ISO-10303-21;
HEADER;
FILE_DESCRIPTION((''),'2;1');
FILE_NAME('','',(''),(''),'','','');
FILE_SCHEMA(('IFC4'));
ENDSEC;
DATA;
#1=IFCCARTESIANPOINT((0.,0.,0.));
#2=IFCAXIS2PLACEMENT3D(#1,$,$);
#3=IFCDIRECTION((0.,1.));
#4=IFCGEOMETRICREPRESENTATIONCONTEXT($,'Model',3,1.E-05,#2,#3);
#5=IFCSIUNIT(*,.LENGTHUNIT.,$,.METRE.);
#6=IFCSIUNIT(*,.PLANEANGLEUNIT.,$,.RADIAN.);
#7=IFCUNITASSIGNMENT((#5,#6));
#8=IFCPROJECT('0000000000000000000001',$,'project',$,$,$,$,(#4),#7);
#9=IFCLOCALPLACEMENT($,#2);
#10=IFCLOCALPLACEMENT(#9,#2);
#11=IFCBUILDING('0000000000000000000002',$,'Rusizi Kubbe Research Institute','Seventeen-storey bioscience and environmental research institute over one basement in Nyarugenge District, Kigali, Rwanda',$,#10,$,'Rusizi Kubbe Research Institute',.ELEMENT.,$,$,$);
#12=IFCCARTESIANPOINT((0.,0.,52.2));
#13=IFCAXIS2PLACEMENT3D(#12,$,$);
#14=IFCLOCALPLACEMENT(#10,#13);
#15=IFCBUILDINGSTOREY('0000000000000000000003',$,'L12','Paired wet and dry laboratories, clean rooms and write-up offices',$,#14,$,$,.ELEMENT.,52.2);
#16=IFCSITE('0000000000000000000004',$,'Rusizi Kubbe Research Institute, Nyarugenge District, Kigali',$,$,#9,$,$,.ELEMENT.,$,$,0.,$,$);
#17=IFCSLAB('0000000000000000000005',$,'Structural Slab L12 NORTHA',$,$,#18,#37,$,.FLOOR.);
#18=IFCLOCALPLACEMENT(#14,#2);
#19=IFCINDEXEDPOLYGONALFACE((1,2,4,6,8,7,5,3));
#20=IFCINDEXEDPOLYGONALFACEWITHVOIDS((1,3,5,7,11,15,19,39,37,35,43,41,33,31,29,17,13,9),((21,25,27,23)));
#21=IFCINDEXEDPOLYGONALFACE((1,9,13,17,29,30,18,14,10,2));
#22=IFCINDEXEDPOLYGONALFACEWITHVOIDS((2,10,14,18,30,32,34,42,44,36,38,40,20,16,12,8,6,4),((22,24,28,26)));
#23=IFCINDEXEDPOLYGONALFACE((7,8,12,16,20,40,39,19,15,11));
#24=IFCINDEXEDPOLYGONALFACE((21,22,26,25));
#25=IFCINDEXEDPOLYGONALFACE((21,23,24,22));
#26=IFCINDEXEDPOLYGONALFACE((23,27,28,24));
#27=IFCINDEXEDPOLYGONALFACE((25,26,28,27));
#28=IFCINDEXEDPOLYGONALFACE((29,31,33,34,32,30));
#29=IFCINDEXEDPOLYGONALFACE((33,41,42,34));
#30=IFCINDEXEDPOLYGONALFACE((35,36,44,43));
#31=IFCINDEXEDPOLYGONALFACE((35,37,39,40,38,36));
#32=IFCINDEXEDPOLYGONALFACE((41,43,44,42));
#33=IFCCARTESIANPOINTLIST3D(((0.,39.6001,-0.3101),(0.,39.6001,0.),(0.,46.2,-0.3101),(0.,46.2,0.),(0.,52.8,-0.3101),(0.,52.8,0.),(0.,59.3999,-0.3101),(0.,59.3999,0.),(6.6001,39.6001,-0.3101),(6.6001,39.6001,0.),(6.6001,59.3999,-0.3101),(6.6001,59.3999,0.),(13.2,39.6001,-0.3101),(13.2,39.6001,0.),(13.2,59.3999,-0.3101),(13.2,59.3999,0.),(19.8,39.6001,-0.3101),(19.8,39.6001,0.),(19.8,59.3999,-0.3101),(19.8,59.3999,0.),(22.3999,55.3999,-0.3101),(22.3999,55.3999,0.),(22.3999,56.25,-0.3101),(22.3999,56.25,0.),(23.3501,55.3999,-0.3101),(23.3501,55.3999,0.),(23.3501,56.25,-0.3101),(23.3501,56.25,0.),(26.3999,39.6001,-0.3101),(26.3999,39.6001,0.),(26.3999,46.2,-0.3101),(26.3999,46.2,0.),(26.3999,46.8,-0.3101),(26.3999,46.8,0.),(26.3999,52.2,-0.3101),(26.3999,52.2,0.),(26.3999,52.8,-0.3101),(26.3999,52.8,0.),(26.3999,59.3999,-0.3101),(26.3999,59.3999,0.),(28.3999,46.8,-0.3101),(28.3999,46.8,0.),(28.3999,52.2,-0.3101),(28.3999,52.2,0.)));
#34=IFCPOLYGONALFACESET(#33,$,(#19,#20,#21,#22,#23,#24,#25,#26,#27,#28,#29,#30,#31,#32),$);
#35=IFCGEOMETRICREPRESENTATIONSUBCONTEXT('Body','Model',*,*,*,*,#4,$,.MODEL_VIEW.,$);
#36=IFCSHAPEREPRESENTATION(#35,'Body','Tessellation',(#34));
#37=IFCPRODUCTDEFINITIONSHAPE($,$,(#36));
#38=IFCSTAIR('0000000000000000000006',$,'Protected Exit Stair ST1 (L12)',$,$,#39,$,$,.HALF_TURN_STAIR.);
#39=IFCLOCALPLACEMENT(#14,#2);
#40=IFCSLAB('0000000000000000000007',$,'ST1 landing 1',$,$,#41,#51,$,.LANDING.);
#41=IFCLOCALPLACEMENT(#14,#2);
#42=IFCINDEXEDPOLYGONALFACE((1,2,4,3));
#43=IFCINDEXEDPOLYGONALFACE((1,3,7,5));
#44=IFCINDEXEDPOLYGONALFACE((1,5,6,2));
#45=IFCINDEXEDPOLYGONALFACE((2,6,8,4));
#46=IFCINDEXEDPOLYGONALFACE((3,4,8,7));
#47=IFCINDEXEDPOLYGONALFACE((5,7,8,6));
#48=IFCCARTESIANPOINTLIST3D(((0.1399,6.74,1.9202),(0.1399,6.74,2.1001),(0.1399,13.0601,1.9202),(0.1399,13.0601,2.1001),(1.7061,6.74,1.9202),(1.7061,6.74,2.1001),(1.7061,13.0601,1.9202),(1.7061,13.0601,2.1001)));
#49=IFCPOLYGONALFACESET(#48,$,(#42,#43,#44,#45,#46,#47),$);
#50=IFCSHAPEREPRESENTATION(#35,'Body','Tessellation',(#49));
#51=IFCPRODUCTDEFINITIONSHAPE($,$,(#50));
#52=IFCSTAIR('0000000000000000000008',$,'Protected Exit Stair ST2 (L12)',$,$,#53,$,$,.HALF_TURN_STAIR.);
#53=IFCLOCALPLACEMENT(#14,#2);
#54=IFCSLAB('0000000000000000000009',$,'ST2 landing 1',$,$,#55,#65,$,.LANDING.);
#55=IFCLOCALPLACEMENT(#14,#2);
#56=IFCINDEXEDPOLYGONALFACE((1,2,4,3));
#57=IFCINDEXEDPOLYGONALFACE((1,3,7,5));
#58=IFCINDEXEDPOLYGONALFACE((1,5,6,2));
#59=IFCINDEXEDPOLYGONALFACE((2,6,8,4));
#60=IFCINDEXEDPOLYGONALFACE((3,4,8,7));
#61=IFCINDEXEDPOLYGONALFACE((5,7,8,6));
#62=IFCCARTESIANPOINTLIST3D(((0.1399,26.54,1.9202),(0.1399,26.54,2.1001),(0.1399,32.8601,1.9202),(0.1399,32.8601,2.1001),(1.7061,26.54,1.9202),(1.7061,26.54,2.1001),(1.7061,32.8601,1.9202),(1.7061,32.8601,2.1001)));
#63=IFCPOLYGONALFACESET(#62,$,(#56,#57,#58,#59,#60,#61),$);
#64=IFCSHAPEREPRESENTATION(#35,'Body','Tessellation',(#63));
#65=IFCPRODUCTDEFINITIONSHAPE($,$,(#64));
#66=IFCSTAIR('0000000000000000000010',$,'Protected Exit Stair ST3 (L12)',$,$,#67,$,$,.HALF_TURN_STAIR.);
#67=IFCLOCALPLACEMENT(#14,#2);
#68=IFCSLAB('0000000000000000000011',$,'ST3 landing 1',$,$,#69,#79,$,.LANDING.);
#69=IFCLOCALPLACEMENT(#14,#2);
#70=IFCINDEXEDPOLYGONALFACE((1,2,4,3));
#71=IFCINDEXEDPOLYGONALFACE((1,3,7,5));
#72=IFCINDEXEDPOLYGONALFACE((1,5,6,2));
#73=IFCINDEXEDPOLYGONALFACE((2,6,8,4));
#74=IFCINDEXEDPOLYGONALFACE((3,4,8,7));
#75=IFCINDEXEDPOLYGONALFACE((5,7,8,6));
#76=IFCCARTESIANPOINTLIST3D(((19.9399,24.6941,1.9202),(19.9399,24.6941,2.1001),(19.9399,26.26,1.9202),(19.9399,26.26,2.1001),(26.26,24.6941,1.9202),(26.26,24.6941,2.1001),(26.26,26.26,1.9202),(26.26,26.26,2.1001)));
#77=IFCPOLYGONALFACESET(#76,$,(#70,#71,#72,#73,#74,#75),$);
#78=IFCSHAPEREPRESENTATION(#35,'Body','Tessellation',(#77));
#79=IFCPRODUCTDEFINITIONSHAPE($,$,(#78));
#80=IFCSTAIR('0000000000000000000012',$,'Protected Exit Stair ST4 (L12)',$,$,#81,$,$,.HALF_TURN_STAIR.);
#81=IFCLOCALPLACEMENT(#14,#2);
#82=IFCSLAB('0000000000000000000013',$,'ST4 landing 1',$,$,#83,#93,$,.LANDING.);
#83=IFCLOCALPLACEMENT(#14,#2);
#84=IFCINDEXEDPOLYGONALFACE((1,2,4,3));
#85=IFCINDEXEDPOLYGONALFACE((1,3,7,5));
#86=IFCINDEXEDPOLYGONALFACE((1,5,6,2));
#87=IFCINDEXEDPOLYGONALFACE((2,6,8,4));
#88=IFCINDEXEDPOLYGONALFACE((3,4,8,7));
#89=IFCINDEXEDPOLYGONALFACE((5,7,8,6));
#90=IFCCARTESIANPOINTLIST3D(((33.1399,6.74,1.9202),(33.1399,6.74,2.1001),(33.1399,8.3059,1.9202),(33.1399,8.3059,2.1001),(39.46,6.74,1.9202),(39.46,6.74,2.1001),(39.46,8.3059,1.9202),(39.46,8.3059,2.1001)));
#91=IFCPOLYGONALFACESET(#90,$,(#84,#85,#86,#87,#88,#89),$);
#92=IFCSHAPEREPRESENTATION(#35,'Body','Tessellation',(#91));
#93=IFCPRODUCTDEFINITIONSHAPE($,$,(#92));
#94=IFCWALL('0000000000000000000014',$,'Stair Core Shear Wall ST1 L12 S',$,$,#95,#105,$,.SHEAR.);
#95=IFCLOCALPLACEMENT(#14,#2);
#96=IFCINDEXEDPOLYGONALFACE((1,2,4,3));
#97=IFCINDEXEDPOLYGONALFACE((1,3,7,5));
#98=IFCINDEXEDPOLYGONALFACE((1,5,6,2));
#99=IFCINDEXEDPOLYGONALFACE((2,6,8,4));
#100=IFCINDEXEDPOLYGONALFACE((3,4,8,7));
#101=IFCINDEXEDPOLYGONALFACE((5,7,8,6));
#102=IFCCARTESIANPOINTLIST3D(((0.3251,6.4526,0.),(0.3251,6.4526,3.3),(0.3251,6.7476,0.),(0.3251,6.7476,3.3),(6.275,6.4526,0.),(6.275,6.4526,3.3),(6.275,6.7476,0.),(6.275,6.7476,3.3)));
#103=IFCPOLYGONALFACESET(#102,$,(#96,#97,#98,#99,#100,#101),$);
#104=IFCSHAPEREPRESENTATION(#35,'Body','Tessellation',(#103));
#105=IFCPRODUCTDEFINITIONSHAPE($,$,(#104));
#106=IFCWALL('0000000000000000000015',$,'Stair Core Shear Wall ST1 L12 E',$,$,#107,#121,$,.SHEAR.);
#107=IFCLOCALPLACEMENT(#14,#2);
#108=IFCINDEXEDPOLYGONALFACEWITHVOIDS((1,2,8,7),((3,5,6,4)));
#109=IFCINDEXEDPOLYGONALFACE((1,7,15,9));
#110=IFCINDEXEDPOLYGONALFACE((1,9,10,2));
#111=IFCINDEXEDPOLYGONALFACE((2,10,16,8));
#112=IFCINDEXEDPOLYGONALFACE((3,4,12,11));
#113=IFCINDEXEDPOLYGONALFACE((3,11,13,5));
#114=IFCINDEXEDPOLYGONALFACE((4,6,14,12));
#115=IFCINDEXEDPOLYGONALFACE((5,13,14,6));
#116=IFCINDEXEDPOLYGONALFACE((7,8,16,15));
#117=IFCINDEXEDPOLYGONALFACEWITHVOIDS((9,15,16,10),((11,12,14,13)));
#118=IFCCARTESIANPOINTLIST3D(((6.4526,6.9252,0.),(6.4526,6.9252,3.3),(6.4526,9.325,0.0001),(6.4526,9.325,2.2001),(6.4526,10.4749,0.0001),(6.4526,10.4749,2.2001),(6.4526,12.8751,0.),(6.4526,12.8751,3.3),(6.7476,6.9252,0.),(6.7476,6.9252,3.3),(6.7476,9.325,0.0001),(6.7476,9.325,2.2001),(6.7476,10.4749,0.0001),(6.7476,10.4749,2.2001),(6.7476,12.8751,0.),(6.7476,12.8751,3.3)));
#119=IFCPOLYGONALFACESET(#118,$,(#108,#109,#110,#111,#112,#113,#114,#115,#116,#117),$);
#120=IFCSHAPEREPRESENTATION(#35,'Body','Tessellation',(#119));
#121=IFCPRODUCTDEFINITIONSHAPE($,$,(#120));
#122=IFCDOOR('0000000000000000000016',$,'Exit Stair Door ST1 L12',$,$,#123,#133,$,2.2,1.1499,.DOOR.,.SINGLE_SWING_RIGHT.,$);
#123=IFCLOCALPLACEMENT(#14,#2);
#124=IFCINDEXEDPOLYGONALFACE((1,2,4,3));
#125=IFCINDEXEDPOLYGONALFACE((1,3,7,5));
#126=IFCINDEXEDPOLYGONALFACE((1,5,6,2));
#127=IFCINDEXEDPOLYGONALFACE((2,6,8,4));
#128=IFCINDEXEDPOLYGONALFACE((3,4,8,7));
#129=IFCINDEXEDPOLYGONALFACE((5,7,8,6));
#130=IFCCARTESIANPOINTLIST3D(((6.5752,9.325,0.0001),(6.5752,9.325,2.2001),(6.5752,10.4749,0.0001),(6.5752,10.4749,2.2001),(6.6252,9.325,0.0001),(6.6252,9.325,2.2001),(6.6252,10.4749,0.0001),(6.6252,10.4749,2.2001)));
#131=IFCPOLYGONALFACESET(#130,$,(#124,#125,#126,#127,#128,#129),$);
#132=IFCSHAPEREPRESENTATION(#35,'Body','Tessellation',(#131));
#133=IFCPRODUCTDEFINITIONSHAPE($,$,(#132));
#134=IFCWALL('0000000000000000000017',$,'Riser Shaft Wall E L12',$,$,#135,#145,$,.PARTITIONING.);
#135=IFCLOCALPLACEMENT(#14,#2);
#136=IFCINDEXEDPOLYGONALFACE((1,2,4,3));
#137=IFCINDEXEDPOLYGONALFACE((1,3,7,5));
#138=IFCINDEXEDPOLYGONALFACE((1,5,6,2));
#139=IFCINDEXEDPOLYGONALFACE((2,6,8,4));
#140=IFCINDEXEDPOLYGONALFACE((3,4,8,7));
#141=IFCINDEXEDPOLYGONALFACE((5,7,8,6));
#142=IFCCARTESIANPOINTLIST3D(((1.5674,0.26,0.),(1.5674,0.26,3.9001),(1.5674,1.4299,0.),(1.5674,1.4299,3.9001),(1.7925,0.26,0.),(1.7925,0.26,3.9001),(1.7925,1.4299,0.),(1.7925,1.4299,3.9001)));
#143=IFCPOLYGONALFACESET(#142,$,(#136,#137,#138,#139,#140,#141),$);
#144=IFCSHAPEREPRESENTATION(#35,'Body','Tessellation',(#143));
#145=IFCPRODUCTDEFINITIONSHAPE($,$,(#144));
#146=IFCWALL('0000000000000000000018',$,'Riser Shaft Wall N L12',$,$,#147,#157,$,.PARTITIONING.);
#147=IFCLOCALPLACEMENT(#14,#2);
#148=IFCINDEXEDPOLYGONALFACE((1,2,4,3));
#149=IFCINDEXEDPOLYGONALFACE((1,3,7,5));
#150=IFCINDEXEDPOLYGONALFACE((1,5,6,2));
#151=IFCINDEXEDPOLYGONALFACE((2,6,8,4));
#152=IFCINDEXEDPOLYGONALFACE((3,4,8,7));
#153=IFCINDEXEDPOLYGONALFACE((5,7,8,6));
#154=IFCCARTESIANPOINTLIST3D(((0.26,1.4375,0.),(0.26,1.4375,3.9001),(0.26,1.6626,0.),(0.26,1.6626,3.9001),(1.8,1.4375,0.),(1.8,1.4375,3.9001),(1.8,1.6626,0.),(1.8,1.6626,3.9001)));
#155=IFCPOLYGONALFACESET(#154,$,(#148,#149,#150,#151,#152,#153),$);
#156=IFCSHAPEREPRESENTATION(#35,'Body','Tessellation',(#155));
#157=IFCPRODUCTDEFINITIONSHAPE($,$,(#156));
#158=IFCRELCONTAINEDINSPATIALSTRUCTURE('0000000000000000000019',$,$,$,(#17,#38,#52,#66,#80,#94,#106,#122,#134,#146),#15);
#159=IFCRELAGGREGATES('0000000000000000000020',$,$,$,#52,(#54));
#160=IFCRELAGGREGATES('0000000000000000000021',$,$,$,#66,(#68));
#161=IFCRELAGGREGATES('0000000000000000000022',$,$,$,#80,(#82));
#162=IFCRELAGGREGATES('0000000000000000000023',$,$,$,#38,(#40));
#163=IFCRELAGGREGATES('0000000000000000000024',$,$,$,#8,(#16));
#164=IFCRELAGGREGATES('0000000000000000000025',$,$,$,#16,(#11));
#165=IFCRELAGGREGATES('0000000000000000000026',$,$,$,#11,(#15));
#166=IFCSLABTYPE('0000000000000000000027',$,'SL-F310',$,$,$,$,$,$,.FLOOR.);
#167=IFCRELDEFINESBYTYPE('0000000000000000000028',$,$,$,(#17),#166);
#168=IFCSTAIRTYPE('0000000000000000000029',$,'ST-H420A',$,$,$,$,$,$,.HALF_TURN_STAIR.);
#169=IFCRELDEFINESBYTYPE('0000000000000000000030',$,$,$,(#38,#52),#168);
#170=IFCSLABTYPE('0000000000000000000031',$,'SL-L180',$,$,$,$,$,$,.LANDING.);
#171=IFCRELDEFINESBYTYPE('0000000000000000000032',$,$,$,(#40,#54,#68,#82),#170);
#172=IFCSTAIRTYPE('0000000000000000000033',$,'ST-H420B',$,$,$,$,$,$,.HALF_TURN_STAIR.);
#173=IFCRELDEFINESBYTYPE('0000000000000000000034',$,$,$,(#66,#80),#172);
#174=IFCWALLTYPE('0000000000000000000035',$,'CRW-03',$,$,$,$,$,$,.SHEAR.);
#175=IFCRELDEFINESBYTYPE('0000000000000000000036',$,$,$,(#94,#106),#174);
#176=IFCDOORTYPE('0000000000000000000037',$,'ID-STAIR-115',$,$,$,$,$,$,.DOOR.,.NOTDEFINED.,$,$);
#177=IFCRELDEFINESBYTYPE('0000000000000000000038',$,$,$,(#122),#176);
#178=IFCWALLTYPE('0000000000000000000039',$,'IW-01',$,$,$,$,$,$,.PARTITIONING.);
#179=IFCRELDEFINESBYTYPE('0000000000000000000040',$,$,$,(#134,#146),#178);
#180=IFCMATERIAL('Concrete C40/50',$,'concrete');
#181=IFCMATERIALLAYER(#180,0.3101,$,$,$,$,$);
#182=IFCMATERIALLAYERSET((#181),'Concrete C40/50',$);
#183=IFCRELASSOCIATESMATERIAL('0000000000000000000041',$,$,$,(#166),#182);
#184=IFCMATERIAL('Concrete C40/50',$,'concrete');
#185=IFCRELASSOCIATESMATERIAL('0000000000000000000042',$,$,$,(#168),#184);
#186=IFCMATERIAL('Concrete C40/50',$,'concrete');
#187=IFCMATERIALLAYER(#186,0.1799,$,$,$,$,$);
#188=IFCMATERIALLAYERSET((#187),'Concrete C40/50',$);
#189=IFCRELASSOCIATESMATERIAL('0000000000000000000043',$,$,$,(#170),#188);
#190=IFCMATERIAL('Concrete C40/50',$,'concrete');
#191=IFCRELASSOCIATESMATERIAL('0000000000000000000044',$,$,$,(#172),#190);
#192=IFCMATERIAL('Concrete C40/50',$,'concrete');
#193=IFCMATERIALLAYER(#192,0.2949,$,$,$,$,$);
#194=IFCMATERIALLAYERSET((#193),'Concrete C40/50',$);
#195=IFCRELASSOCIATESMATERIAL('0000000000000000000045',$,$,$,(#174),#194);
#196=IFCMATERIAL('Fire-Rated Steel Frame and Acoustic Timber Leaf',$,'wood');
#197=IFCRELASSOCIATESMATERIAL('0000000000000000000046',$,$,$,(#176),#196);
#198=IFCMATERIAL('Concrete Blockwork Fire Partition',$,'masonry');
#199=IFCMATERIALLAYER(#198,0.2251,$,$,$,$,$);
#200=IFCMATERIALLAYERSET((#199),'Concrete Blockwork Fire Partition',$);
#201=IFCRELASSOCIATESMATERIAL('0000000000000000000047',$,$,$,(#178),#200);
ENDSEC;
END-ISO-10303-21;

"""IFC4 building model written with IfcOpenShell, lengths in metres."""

from ifc_helpers import new_model, si_unit, direction, frame, frame_2d, origin, place, context, subcontext, project, spatial, polyline, rectangle, outline, extrude, material, layer, layer_set, type_object, element, fill, aggregate, save


model = new_model("IFC4")

# Units and contexts
model_context = context("Model", 3, precision=1e-05, world=origin(), true_north=direction((0.0, 1.0)))
body_context = subcontext(model_context, "Body", "Model", "MODEL_VIEW")
ifc_project = project(units=[si_unit("LENGTHUNIT", "METRE"), si_unit("PLANEANGLEUNIT", "RADIAN")], contexts=[model_context])

# Site, building, storey
site_placement = place(None, origin())
site = spatial("IfcSite", under=ifc_project, at=site_placement, Name="Rusizi Kubbe Research Institute, Nyarugenge District, Kigali", CompositionType="ELEMENT", RefElevation=0.0)
building_placement = place(site_placement, origin())
building = spatial("IfcBuilding", under=site, at=building_placement, Name="Rusizi Kubbe Research Institute", Description="Seventeen-storey bioscience and environmental research institute over one basement in Nyarugenge District, Kigali, Rwanda", LongName="Rusizi Kubbe Research Institute", CompositionType="ELEMENT")
storey_placement = place(building_placement, frame((0.0, 0.0, 52.2)))
storey = spatial("IfcBuildingStorey", under=building, at=storey_placement, Name="L12", Description="Paired wet and dry laboratories, clean rooms and write-up offices", CompositionType="ELEMENT", Elevation=52.2)

# Slab
ifc_material_1 = material(Name="Concrete C40/50", Category="concrete")
ifc_layer_1 = layer(ifc_material_1, 0.3101)
ifc_layer_set_1 = layer_set([ifc_layer_1], Name="Concrete C40/50")
slab_type_1 = type_object("IfcSlabType", Name="SL-F310", PredefinedType="FLOOR", material=ifc_layer_set_1)
slab_1_placement = place(storey_placement, frame((0.0, 0.0, -0.3101)))
element("IfcSlab", 1, at=slab_1_placement, inside=storey, type_object=slab_type_1, Name="Structural Slab L12 NORTHA", PredefinedType="FLOOR", context=body_context, shape_type="SweptSolid", body=[
    extrude(outline(polyline([(6.6001, 59.3999), (13.2, 59.3999), (19.8, 59.3999), (26.3999, 59.3999), (26.3999, 52.8), (26.3999, 52.2), (28.3999, 52.2), (28.3999, 46.8), (26.3999, 46.8), (26.3999, 46.2), (26.3999, 39.6001), (19.8, 39.6001), (13.2, 39.6001), (6.6001, 39.6001), (0.0, 39.6001), (0.0, 46.2), (0.0, 52.8), (0.0, 59.3999), (6.6001, 59.3999)]), holes=[polyline([(23.3501, 56.25), (22.3999, 56.25), (22.3999, 55.3999), (23.3501, 55.3999), (23.3501, 56.25)])]), origin(), (0.0, 0.0, 1.0), 0.3101),
])

# Stairs, slabs
ifc_material_2 = material(Name="Concrete C40/50", Category="concrete")
stair_type_1 = type_object("IfcStairType", Name="ST-H420A", PredefinedType="HALF_TURN_STAIR", material=ifc_material_2)
stair_1_placement = place(storey_placement, origin())
stair_1 = element("IfcStair", 2, at=stair_1_placement, inside=storey, type_object=stair_type_1, Name="Protected Exit Stair ST1 (L12)", PredefinedType="HALF_TURN_STAIR")
ifc_material_3 = material(Name="Concrete C40/50", Category="concrete")
ifc_layer_2 = layer(ifc_material_3, 0.1799)
ifc_layer_set_2 = layer_set([ifc_layer_2], Name="Concrete C40/50")
slab_type_2 = type_object("IfcSlabType", Name="SL-L180", PredefinedType="LANDING", material=ifc_layer_set_2)
slab_2_placement = place(storey_placement, frame((0.0, 0.0, 1.9202)))
slab_2 = element("IfcSlab", 3, at=slab_2_placement, type_object=slab_type_2, Name="ST1 landing 1", PredefinedType="LANDING", context=body_context, shape_type="SweptSolid", body=[
    extrude(outline(polyline([(1.7061, 13.0601), (0.1399, 13.0601), (0.1399, 6.74), (1.7061, 6.74), (1.7061, 13.0601)])), origin(), (0.0, 0.0, 1.0), 0.1799),
])
stair_2_placement = place(storey_placement, origin())
stair_2 = element("IfcStair", 4, at=stair_2_placement, inside=storey, type_object=stair_type_1, Name="Protected Exit Stair ST2 (L12)", PredefinedType="HALF_TURN_STAIR")
slab_3_placement = place(storey_placement, frame((0.0, 0.0, 1.9202)))
slab_3 = element("IfcSlab", 5, at=slab_3_placement, type_object=slab_type_2, Name="ST2 landing 1", PredefinedType="LANDING", context=body_context, shape_type="SweptSolid", body=[
    extrude(outline(polyline([(1.7061, 32.8601), (0.1399, 32.8601), (0.1399, 26.54), (1.7061, 26.54), (1.7061, 32.8601)])), origin(), (0.0, 0.0, 1.0), 0.1799),
])
aggregate(stair_2, [slab_3])
ifc_material_4 = material(Name="Concrete C40/50", Category="concrete")
stair_type_2 = type_object("IfcStairType", Name="ST-H420B", PredefinedType="HALF_TURN_STAIR", material=ifc_material_4)
stair_3_placement = place(storey_placement, origin())
stair_3 = element("IfcStair", 6, at=stair_3_placement, inside=storey, type_object=stair_type_2, Name="Protected Exit Stair ST3 (L12)", PredefinedType="HALF_TURN_STAIR")
slab_4_placement = place(storey_placement, frame((0.0, 0.0, 1.9202)))
slab_4 = element("IfcSlab", 7, at=slab_4_placement, type_object=slab_type_2, Name="ST3 landing 1", PredefinedType="LANDING", context=body_context, shape_type="SweptSolid", body=[
    extrude(outline(polyline([(26.26, 24.6941), (26.26, 26.26), (19.9399, 26.26), (19.9399, 24.6941), (26.26, 24.6941)])), origin(), (0.0, 0.0, 1.0), 0.1799),
])
aggregate(stair_3, [slab_4])
stair_4_placement = place(storey_placement, origin())
stair_4 = element("IfcStair", 8, at=stair_4_placement, inside=storey, type_object=stair_type_2, Name="Protected Exit Stair ST4 (L12)", PredefinedType="HALF_TURN_STAIR")
slab_5_placement = place(storey_placement, frame((0.0, 0.0, 1.9202)))
slab_5 = element("IfcSlab", 9, at=slab_5_placement, type_object=slab_type_2, Name="ST4 landing 1", PredefinedType="LANDING", context=body_context, shape_type="SweptSolid", body=[
    extrude(outline(polyline([(33.1399, 8.3059), (33.1399, 6.74), (39.46, 6.74), (39.46, 8.3059), (33.1399, 8.3059)])), origin(), (0.0, 0.0, 1.0), 0.1799),
])
aggregate(stair_4, [slab_5])

# Wall
ifc_material_5 = material(Name="Concrete C40/50", Category="concrete")
ifc_layer_3 = layer(ifc_material_5, 0.2949)
ifc_layer_set_3 = layer_set([ifc_layer_3], Name="Concrete C40/50")
wall_type_1 = type_object("IfcWallType", Name="CRW-03", PredefinedType="SHEAR", material=ifc_layer_set_3)
wall_1_placement = place(storey_placement, frame((0.325, 6.6001, 0.0), z_axis=(0.0, 0.0, 1.0), x_axis=(1.0, 0.0, 0.0)))
element("IfcWall", 10, at=wall_1_placement, inside=storey, type_object=wall_type_1, Name="Stair Core Shear Wall ST1 L12 S", PredefinedType="SHEAR", context=body_context, shape_type="SweptSolid", body=[
    extrude(rectangle(XDim=5.95, YDim=0.2949, at=frame_2d((2.9751, 0.0))), origin(), (0.0, 0.0, 1.0), 3.3),
])

# Wall, opening, door
wall_2_placement = place(storey_placement, frame((6.6001, 6.925, 0.0), z_axis=(0.0, 0.0, 1.0), x_axis=(0.0, 1.0, 0.0)))
wall_2 = element("IfcWall", 11, at=wall_2_placement, inside=storey, type_object=wall_type_1, Name="Stair Core Shear Wall ST1 L12 E", PredefinedType="SHEAR", context=body_context, shape_type="SweptSolid", body=[
    extrude(rectangle(XDim=5.95, YDim=0.2949, at=frame_2d((2.9751, 0.0))), origin(), (0.0, 0.0, 1.0), 3.3),
])
opening_1_placement = place(wall_2_placement, frame((2.3999, 0.0, 0.0)))
opening_1 = element("IfcOpeningElement", 12, at=opening_1_placement, cuts=wall_2, PredefinedType="OPENING", context=body_context, shape_type="SweptSolid", body=[
    extrude(rectangle(XDim=1.1499, YDim=2.2, at=frame_2d((0.575, 1.1001))), frame((0.0, 0.1575, 0.0), z_axis=(0.0, -1.0, 0.0), x_axis=(1.0, 0.0, 0.0)), (0.0, 0.0, 1.0), 0.3149),
])
ifc_material_6 = material(Name="Fire-Rated Steel Frame and Acoustic Timber Leaf", Category="wood")
door_type_1 = type_object("IfcDoorType", Name="ID-STAIR-115", OperationType="NOTDEFINED", PredefinedType="DOOR", material=ifc_material_6)
door_1_placement = place(opening_1_placement, origin())
door_1 = element("IfcDoor", 13, at=door_1_placement, inside=storey, type_object=door_type_1, Name="Exit Stair Door ST1 L12", OperationType="SINGLE_SWING_RIGHT", OverallHeight=2.2, OverallWidth=1.1499, PredefinedType="DOOR", context=body_context, shape_type="SweptSolid", body=[
    extrude(rectangle(XDim=1.1499, YDim=2.2, at=frame_2d((0.575, 1.1001))), frame((0.0, 0.0249, 0.0), z_axis=(0.0, -1.0, 0.0), x_axis=(1.0, 0.0, 0.0)), (0.0, 0.0, 1.0), 0.05),
])
fill(opening_1, door_1)

# Walls
ifc_material_7 = material(Name="Concrete Blockwork Fire Partition", Category="masonry")
ifc_layer_4 = layer(ifc_material_7, 0.2251)
ifc_layer_set_4 = layer_set([ifc_layer_4], Name="Concrete Blockwork Fire Partition")
wall_type_2 = type_object("IfcWallType", Name="IW-01", PredefinedType="PARTITIONING", material=ifc_layer_set_4)
wall_3_placement = place(storey_placement, frame((1.6799, 0.26, 0.0), z_axis=(0.0, 0.0, 1.0), x_axis=(0.0, 1.0, 0.0)))
element("IfcWall", 14, at=wall_3_placement, inside=storey, type_object=wall_type_2, Name="Riser Shaft Wall E L12", PredefinedType="PARTITIONING", context=body_context, shape_type="SweptSolid", body=[
    extrude(rectangle(XDim=1.1699, YDim=0.2251, at=frame_2d((0.585, 0.0))), origin(), (0.0, 0.0, 1.0), 3.9001),
])
wall_4_placement = place(storey_placement, frame((0.26, 1.55, 0.0), z_axis=(0.0, 0.0, 1.0), x_axis=(1.0, 0.0, 0.0)))
element("IfcWall", 15, at=wall_4_placement, inside=storey, type_object=wall_type_2, Name="Riser Shaft Wall N L12", PredefinedType="PARTITIONING", context=body_context, shape_type="SweptSolid", body=[
    extrude(rectangle(XDim=1.54, YDim=0.2251, at=frame_2d((0.77, 0.0))), origin(), (0.0, 0.0, 1.0), 3.9001),
])

aggregate(stair_1, [slab_2])

save(model, "model.ifc")
